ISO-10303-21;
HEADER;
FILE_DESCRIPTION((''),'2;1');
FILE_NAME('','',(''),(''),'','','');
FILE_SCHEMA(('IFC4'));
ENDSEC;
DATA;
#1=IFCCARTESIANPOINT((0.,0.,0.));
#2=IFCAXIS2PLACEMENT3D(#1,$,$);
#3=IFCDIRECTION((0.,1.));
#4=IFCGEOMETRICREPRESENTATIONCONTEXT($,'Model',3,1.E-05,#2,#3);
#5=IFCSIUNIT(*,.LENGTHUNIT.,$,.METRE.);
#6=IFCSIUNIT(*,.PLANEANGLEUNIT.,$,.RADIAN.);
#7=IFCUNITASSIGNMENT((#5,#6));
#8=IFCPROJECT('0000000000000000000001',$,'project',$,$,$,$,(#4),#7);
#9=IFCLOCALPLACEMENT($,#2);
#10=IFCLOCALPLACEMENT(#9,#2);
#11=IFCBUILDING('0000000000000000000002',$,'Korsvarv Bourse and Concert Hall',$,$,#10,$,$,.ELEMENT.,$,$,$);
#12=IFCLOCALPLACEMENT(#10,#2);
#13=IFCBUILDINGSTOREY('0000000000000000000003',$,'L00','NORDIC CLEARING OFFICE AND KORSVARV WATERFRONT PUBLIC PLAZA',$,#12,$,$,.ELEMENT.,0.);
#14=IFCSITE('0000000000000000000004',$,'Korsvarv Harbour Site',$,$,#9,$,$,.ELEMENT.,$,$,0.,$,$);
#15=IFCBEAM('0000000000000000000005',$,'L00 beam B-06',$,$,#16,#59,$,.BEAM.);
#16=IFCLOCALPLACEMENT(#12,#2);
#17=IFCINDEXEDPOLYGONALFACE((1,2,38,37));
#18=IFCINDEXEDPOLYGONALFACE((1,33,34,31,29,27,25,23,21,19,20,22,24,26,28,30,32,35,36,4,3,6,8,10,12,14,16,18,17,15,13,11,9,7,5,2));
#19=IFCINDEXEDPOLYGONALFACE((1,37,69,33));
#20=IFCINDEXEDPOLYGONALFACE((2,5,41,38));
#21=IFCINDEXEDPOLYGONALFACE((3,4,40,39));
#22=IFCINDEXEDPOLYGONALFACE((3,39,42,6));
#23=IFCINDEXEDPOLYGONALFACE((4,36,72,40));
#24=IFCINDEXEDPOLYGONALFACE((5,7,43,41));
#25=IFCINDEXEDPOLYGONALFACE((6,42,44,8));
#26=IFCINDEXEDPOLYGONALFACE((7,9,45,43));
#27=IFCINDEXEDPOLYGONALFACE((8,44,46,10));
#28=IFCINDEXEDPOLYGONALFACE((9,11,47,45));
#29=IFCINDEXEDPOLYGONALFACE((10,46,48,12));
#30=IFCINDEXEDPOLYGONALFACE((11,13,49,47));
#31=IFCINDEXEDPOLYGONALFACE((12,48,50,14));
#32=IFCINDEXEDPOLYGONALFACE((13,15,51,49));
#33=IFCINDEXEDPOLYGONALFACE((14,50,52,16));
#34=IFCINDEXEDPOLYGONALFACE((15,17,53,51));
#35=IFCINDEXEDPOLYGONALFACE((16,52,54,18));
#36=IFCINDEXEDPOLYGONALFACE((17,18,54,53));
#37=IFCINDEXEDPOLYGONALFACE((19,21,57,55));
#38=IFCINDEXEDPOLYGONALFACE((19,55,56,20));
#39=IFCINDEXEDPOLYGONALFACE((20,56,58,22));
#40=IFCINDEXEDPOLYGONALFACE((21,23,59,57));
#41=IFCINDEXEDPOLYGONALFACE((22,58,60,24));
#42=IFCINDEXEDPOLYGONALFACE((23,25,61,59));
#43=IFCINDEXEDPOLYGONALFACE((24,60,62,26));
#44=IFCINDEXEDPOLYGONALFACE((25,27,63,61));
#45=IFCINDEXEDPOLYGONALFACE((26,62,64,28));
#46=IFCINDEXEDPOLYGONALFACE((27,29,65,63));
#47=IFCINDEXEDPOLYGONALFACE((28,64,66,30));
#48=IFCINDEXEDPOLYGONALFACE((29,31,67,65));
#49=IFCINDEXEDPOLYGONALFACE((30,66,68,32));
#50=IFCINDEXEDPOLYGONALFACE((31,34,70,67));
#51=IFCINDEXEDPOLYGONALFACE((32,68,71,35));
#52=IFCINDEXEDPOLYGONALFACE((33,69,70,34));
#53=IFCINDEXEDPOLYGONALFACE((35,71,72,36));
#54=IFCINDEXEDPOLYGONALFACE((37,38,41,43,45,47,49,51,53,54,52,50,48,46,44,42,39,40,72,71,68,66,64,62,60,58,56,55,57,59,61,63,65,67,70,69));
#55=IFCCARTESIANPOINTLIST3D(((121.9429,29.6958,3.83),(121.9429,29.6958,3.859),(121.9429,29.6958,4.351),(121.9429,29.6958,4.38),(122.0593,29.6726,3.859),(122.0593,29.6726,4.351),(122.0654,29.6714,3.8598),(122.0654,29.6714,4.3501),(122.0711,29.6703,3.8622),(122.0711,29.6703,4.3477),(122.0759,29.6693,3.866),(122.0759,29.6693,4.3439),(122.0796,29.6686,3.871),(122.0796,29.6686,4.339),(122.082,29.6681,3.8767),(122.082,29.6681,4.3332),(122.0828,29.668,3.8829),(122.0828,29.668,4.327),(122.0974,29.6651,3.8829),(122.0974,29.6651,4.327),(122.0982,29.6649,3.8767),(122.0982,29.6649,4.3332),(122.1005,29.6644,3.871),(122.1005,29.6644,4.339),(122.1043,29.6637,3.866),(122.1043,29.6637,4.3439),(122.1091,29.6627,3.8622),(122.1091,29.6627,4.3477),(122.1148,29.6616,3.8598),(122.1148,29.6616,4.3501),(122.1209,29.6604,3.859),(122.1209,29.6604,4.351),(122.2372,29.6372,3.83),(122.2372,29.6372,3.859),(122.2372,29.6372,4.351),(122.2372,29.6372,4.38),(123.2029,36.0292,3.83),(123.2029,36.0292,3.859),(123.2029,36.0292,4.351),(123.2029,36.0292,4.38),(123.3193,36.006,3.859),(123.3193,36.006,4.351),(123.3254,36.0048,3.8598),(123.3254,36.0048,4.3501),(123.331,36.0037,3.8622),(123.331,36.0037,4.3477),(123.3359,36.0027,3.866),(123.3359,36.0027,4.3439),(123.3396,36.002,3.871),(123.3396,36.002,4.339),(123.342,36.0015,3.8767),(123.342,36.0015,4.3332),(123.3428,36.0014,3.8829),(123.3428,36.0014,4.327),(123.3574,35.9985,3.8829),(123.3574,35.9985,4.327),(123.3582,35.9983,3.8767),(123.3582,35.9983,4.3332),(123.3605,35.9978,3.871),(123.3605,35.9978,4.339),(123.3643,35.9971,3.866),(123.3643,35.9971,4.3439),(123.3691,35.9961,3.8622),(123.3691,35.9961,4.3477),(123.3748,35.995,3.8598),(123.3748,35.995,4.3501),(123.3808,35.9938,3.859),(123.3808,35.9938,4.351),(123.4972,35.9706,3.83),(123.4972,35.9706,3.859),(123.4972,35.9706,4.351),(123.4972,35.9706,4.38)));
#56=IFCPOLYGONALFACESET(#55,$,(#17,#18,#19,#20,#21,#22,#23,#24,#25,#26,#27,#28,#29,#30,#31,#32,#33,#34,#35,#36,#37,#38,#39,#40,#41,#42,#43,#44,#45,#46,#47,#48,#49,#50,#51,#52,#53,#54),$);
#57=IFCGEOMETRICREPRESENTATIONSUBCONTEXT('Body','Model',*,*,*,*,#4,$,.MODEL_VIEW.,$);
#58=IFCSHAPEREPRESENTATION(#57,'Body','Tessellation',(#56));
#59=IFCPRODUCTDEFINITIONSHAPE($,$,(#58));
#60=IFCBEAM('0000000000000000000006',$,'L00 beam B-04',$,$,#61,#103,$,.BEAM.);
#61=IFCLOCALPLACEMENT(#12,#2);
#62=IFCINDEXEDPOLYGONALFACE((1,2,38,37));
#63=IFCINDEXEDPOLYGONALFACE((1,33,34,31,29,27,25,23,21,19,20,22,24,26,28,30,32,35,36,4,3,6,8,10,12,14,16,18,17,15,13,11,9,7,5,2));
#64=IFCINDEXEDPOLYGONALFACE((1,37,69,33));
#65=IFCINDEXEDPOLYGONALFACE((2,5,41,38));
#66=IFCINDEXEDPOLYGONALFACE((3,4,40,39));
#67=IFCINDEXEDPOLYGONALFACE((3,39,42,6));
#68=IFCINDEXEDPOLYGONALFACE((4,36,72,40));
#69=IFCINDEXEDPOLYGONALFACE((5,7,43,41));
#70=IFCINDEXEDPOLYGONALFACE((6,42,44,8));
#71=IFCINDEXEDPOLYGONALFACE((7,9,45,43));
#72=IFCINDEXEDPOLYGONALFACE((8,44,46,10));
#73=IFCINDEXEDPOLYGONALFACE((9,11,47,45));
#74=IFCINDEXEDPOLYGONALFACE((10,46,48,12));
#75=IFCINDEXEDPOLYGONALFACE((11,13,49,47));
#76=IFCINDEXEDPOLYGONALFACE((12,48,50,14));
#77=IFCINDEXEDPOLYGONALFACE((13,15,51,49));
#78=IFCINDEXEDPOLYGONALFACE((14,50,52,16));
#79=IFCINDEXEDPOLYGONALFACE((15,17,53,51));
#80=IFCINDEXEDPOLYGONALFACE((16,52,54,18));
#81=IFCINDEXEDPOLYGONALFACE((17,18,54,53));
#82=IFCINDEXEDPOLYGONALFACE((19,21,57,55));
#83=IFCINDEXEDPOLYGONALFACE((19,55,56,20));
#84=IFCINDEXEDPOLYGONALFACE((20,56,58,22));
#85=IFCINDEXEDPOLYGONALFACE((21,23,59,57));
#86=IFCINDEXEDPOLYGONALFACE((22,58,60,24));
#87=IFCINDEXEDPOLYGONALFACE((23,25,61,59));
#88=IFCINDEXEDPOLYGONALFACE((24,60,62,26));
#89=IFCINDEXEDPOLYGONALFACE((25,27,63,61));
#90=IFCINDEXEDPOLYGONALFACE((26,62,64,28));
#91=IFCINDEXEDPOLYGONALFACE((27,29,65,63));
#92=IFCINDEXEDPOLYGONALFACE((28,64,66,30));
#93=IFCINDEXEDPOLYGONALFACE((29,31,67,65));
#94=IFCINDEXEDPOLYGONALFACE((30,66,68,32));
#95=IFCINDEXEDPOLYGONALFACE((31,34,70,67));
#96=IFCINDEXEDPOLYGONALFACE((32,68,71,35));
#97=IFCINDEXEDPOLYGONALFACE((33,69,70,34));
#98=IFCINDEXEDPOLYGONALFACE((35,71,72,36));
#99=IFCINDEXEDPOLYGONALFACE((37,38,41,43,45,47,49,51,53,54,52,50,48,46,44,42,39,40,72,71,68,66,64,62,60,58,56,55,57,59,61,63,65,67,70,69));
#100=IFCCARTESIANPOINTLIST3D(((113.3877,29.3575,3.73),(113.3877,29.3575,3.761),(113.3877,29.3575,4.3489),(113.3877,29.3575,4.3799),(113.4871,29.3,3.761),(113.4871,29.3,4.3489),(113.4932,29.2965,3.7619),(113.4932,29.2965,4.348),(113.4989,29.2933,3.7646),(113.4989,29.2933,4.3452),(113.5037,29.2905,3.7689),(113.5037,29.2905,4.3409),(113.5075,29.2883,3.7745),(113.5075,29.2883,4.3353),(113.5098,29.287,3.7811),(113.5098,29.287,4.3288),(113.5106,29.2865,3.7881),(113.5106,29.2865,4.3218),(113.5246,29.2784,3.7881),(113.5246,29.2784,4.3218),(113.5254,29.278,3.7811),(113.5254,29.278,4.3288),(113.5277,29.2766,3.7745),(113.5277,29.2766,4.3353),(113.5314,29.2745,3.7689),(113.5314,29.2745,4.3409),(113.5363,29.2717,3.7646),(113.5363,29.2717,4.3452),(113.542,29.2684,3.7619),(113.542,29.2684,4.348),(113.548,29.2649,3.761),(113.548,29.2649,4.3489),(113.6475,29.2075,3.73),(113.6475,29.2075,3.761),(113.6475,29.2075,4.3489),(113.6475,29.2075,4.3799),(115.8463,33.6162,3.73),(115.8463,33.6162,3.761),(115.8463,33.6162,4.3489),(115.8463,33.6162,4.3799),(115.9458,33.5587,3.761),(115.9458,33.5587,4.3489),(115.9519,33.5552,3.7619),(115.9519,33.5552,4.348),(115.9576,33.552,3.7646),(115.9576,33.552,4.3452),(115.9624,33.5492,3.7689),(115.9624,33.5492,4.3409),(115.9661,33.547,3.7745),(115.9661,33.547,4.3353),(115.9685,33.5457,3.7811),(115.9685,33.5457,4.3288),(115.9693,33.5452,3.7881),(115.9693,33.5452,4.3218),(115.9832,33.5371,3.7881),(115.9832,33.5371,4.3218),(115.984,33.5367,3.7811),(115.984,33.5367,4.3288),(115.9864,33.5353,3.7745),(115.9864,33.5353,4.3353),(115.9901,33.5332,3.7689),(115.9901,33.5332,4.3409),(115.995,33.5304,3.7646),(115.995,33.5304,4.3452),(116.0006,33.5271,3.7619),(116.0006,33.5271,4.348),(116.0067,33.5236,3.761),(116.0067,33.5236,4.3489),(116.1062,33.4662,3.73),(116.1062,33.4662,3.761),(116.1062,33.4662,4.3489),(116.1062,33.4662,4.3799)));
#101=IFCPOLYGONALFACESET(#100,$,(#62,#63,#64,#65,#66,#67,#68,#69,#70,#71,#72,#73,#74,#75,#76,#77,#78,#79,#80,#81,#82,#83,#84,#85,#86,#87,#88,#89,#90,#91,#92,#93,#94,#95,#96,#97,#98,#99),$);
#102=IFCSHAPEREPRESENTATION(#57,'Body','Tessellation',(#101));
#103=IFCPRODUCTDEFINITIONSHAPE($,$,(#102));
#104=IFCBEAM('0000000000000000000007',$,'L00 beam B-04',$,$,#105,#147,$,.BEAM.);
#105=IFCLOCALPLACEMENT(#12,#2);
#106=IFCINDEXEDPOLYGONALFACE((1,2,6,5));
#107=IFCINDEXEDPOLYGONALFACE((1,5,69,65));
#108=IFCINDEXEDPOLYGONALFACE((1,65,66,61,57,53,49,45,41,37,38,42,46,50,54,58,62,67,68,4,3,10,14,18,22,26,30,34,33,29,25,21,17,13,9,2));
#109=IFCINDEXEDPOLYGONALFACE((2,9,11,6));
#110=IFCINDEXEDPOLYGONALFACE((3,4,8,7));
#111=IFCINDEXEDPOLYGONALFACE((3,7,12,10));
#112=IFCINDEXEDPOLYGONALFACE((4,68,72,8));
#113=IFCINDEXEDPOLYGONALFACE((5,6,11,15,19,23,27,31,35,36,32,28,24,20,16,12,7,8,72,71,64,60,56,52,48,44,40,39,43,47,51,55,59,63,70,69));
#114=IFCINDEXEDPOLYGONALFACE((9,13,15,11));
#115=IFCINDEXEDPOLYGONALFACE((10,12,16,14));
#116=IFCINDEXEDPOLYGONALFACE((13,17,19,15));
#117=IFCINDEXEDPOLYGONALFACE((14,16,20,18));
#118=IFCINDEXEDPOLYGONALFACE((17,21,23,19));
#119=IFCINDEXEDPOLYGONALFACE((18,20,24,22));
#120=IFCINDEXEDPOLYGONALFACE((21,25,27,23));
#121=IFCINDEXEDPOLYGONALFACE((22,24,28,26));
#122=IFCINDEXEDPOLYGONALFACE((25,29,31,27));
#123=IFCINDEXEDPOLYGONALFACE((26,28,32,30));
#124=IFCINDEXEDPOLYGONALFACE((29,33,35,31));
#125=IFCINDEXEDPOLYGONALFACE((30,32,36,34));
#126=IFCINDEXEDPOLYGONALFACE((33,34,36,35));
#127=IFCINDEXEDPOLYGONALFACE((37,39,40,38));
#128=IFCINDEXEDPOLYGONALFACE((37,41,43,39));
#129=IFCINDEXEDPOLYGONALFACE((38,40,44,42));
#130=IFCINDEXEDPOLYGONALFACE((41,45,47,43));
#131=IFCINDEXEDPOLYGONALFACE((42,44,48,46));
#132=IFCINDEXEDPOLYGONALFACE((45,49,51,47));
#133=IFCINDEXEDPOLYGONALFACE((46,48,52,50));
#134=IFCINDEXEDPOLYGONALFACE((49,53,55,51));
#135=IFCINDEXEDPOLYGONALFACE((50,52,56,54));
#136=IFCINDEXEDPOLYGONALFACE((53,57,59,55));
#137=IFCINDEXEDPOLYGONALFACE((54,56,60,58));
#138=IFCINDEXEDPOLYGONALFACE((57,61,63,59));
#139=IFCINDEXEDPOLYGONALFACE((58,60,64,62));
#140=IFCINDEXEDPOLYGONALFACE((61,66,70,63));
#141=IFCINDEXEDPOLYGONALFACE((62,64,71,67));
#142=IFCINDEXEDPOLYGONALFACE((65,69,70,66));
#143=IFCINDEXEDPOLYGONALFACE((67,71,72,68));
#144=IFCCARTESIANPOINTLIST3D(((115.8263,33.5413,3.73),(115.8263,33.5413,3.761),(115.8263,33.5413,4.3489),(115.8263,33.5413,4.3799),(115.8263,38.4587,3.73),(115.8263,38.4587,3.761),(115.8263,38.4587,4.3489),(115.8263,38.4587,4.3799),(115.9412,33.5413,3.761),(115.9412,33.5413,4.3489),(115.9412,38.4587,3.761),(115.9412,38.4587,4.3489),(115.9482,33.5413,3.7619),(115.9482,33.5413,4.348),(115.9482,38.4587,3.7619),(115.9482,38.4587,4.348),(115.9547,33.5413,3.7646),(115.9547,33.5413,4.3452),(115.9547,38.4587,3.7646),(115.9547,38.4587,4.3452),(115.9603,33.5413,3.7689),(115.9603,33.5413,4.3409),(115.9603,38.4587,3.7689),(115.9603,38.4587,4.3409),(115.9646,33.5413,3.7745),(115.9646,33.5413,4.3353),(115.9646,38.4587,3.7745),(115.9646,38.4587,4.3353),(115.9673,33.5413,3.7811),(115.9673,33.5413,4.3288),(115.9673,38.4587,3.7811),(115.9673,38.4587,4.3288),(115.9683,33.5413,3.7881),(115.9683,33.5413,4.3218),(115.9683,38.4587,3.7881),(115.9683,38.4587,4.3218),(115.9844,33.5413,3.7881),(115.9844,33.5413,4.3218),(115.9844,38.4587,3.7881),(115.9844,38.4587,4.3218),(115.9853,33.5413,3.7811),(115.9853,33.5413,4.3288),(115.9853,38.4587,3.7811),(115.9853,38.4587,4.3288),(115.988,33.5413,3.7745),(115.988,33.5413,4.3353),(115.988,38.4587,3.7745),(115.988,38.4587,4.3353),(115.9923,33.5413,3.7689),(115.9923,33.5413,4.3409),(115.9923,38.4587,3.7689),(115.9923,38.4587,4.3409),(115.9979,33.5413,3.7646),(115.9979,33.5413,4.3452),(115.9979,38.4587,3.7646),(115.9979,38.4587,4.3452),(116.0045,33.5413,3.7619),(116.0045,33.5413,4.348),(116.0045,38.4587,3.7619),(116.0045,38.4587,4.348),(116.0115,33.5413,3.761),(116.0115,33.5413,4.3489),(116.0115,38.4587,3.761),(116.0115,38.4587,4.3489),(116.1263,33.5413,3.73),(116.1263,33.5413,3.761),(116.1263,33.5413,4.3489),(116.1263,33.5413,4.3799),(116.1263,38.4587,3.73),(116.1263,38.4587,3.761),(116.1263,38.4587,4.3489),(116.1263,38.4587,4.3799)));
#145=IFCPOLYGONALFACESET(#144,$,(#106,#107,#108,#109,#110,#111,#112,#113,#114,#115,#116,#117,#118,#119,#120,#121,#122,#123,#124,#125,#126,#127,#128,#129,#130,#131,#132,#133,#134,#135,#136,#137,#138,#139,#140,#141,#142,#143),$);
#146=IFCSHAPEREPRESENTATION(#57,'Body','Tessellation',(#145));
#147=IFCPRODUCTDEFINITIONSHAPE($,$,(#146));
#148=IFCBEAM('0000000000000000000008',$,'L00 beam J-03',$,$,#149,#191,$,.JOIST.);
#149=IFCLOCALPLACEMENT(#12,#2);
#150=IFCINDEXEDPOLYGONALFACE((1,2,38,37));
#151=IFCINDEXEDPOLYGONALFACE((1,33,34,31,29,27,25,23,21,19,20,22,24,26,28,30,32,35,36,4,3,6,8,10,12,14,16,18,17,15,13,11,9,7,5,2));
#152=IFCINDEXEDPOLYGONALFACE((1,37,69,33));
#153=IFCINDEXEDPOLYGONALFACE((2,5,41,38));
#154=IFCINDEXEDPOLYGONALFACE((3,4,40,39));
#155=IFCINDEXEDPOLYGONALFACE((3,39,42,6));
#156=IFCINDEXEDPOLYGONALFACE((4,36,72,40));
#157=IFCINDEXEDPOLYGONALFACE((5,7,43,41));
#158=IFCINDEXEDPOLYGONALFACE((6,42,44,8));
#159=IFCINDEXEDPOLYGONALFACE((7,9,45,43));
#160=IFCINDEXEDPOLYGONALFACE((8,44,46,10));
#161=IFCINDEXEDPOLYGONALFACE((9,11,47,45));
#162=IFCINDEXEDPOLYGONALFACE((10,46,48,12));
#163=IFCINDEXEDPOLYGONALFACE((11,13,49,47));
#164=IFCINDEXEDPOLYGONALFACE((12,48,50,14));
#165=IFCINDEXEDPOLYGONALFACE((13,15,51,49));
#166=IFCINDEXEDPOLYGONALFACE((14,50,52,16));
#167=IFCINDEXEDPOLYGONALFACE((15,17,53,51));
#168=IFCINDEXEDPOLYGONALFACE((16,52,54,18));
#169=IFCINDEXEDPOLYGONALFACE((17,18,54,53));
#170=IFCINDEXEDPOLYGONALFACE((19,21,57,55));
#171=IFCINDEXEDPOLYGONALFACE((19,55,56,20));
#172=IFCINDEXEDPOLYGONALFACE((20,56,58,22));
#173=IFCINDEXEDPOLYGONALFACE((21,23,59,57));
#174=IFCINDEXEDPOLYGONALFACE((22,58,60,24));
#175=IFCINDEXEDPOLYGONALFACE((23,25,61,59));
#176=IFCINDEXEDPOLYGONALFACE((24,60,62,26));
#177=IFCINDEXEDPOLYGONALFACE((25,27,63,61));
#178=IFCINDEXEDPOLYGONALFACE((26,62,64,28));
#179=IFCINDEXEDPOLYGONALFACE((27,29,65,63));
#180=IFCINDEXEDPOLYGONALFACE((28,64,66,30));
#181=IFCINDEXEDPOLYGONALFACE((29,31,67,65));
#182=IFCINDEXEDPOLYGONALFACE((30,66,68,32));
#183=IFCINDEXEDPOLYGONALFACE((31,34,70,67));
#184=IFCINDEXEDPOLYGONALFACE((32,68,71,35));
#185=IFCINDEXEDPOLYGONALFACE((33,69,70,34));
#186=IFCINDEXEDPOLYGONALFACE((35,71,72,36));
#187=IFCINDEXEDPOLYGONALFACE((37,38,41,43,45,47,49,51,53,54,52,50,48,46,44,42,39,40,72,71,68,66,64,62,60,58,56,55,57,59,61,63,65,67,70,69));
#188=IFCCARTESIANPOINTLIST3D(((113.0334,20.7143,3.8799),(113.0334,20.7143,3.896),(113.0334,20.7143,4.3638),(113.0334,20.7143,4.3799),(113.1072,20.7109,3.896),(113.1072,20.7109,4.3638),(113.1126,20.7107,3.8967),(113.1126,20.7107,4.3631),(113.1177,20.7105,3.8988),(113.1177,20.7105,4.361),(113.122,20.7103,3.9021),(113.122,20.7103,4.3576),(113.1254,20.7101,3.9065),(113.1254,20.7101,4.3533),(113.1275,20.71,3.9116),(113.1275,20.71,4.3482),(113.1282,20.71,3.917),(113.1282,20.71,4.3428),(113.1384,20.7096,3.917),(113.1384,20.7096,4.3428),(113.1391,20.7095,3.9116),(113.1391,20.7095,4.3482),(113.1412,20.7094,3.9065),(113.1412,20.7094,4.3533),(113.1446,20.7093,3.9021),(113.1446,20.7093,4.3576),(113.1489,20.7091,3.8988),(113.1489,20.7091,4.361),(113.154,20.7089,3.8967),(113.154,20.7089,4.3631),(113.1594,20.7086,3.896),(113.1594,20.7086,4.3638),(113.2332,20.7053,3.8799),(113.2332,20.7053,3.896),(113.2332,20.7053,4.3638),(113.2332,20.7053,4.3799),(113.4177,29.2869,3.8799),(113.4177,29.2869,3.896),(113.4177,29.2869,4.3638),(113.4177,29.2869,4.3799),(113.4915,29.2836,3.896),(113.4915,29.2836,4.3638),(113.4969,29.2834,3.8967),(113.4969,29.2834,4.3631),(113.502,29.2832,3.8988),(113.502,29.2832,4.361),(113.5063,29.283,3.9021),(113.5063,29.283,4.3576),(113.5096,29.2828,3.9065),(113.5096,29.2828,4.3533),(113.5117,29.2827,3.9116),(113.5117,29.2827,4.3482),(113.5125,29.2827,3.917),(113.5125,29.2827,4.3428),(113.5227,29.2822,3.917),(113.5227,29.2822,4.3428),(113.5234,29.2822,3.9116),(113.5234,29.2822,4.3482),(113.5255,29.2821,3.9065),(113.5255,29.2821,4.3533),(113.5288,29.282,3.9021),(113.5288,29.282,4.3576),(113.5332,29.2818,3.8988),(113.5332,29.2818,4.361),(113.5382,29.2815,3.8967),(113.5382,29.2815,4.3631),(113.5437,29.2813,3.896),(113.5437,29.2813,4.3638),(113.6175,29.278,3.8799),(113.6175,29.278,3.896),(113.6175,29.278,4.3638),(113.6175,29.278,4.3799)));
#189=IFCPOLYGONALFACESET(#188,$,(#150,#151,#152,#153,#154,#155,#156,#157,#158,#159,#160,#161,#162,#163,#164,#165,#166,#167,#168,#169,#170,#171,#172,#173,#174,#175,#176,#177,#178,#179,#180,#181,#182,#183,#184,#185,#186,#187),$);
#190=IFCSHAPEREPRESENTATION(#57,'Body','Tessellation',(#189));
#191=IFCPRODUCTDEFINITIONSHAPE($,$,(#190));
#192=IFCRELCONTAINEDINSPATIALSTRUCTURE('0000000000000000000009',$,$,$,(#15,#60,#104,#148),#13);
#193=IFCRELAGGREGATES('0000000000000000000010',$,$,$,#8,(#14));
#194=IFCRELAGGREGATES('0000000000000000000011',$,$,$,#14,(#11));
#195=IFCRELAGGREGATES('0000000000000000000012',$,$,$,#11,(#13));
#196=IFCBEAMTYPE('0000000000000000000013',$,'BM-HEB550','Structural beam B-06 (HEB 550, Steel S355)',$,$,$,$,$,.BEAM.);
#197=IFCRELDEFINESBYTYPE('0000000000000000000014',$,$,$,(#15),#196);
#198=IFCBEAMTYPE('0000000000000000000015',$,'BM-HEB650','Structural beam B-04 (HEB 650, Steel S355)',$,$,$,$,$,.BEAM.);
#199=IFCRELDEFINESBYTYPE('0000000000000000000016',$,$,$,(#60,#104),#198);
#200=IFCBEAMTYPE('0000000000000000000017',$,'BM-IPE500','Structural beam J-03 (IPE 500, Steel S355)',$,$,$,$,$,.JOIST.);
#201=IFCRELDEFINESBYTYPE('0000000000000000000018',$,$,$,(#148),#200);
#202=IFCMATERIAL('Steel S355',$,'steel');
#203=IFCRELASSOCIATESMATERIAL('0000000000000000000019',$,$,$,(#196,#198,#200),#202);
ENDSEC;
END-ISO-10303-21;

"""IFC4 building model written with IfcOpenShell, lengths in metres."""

from ifc_helpers import new_model, si_unit, direction, frame, origin, origin_2d, place, context, subcontext, project, spatial, i_section, extrude, source, transform, mapped, material, material_profile, profile_set, type_object, element, save


model = new_model("IFC4")

# Units and contexts
model_context = context("Model", 3, precision=1e-05, world=origin(), true_north=direction((0.0, 1.0)))
body_context = subcontext(model_context, "Body", "Model", "MODEL_VIEW")
ifc_project = project(units=[si_unit("LENGTHUNIT", "METRE"), si_unit("PLANEANGLEUNIT", "RADIAN")], contexts=[model_context])

# Site, building, storey
site_placement = place(None, origin())
site = spatial("IfcSite", under=ifc_project, at=site_placement, Name="Korsvarv Harbour Site", CompositionType="ELEMENT", RefElevation=0.0)
building_placement = place(site_placement, origin())
building = spatial("IfcBuilding", under=site, at=building_placement, Name="Korsvarv Bourse and Concert Hall", CompositionType="ELEMENT")
storey_placement = place(building_placement, origin())
storey = spatial("IfcBuildingStorey", under=building, at=storey_placement, Name="L00", Description="NORDIC CLEARING OFFICE AND KORSVARV WATERFRONT PUBLIC PLAZA", CompositionType="ELEMENT", Elevation=0.0)

# Beams
ifc_material_1 = material(Name="Steel S355", Category="steel")
ifc_material_profile_1 = material_profile(ifc_material_1, i_section(OverallWidth=0.3, OverallDepth=0.55, WebThickness=0.0149, FlangeThickness=0.0291, FilletRadius=0.0239, at=origin_2d()), Name="HEB 550")
ifc_profile_set_1 = profile_set([ifc_material_profile_1], Name="Steel S355")
beam_type_1 = type_object("IfcBeamType", Name="BM-HEB550", Description="Structural beam B-06 (HEB 550, Steel S355)", PredefinedType="BEAM", material=ifc_profile_set_1)
shared_shape_1 = source(origin(), body_context, "Body", "SweptSolid", [
    extrude(i_section(OverallWidth=0.3, OverallDepth=0.55, WebThickness=0.0149, FlangeThickness=0.0291, FilletRadius=0.0239, at=origin_2d()), origin(), (0.0, 0.0, 1.0), 6.4575),
])
for number, where, z_axis, x_axis, name in (
    (1, (122.0901, 29.6665, 4.105), (0.19512, 0.980779, 0.0), (-0.980779, 0.19512, 0.0), "L00 beam B-06"),
):
    element("IfcBeam", number, at=place(storey_placement, frame(where, z_axis=z_axis, x_axis=x_axis)), inside=storey, type_object=beam_type_1, Name=name, PredefinedType="BEAM", context=body_context, shape_type="MappedRepresentation", body=[
        mapped(shared_shape_1, transform((0.0, 0.0, 0.0), scale=1.0)),
    ])
ifc_material_profile_2 = material_profile(ifc_material_1, i_section(OverallWidth=0.3, OverallDepth=0.6499, WebThickness=0.0161, FlangeThickness=0.031, FilletRadius=0.0271, at=origin_2d()), Name="HEB 650")
ifc_profile_set_2 = profile_set([ifc_material_profile_2], Name="Steel S355")
beam_type_2 = type_object("IfcBeamType", Name="BM-HEB650", Description="Structural beam B-04 (HEB 650, Steel S355)", PredefinedType="BEAM", material=ifc_profile_set_2)
shared_shape_2 = source(origin(), body_context, "Body", "SweptSolid", [
    extrude(i_section(OverallWidth=0.3, OverallDepth=0.6499, WebThickness=0.0161, FlangeThickness=0.031, FilletRadius=0.0271, at=origin_2d()), origin(), (0.0, 0.0, 1.0), 4.9175),
])
for number, where, z_axis, x_axis, name in (
    (2, (113.5176, 29.2825, 4.0549), (0.499989, 0.866032, 0.0), (-0.866032, 0.499989, 0.0), "L00 beam B-04"),
    (3, (115.9763, 33.5413, 4.0549), (0.0, 1.0, 0.0), (-1.0, 0.0, 0.0), "L00 beam B-04"),
):
    element("IfcBeam", number, at=place(storey_placement, frame(where, z_axis=z_axis, x_axis=x_axis)), inside=storey, type_object=beam_type_2, Name=name, PredefinedType="BEAM", context=body_context, shape_type="MappedRepresentation", body=[
        mapped(shared_shape_2, transform((0.0, 0.0, 0.0), scale=1.0)),
    ])
ifc_material_profile_3 = material_profile(ifc_material_1, i_section(OverallWidth=0.2, OverallDepth=0.5, WebThickness=0.0103, FlangeThickness=0.0161, FilletRadius=0.021, at=origin_2d()), Name="IPE 500")
ifc_profile_set_3 = profile_set([ifc_material_profile_3], Name="Steel S355")
beam_type_3 = type_object("IfcBeamType", Name="BM-IPE500", Description="Structural beam J-03 (IPE 500, Steel S355)", PredefinedType="JOIST", material=ifc_profile_set_3)
shared_shape_3 = source(origin(), body_context, "Body", "SweptSolid", [
    extrude(i_section(OverallWidth=0.2, OverallDepth=0.5, WebThickness=0.0103, FlangeThickness=0.0161, FilletRadius=0.021, at=origin_2d()), origin(), (0.0, 0.0, 1.0), 8.5813),
])
beam_1_placement = place(storey_placement, frame((113.5176, 29.2825, 4.1299), z_axis=(-0.04478, -0.998997, 0.0), x_axis=(0.998997, -0.04478, 0.0)))
element("IfcBeam", 4, at=beam_1_placement, inside=storey, type_object=beam_type_3, Name="L00 beam J-03", PredefinedType="JOIST", context=body_context, shape_type="MappedRepresentation", body=[
    mapped(shared_shape_3, transform((0.0, 0.0, 0.0), scale=1.0)),
])

save(model, "model.ifc")
